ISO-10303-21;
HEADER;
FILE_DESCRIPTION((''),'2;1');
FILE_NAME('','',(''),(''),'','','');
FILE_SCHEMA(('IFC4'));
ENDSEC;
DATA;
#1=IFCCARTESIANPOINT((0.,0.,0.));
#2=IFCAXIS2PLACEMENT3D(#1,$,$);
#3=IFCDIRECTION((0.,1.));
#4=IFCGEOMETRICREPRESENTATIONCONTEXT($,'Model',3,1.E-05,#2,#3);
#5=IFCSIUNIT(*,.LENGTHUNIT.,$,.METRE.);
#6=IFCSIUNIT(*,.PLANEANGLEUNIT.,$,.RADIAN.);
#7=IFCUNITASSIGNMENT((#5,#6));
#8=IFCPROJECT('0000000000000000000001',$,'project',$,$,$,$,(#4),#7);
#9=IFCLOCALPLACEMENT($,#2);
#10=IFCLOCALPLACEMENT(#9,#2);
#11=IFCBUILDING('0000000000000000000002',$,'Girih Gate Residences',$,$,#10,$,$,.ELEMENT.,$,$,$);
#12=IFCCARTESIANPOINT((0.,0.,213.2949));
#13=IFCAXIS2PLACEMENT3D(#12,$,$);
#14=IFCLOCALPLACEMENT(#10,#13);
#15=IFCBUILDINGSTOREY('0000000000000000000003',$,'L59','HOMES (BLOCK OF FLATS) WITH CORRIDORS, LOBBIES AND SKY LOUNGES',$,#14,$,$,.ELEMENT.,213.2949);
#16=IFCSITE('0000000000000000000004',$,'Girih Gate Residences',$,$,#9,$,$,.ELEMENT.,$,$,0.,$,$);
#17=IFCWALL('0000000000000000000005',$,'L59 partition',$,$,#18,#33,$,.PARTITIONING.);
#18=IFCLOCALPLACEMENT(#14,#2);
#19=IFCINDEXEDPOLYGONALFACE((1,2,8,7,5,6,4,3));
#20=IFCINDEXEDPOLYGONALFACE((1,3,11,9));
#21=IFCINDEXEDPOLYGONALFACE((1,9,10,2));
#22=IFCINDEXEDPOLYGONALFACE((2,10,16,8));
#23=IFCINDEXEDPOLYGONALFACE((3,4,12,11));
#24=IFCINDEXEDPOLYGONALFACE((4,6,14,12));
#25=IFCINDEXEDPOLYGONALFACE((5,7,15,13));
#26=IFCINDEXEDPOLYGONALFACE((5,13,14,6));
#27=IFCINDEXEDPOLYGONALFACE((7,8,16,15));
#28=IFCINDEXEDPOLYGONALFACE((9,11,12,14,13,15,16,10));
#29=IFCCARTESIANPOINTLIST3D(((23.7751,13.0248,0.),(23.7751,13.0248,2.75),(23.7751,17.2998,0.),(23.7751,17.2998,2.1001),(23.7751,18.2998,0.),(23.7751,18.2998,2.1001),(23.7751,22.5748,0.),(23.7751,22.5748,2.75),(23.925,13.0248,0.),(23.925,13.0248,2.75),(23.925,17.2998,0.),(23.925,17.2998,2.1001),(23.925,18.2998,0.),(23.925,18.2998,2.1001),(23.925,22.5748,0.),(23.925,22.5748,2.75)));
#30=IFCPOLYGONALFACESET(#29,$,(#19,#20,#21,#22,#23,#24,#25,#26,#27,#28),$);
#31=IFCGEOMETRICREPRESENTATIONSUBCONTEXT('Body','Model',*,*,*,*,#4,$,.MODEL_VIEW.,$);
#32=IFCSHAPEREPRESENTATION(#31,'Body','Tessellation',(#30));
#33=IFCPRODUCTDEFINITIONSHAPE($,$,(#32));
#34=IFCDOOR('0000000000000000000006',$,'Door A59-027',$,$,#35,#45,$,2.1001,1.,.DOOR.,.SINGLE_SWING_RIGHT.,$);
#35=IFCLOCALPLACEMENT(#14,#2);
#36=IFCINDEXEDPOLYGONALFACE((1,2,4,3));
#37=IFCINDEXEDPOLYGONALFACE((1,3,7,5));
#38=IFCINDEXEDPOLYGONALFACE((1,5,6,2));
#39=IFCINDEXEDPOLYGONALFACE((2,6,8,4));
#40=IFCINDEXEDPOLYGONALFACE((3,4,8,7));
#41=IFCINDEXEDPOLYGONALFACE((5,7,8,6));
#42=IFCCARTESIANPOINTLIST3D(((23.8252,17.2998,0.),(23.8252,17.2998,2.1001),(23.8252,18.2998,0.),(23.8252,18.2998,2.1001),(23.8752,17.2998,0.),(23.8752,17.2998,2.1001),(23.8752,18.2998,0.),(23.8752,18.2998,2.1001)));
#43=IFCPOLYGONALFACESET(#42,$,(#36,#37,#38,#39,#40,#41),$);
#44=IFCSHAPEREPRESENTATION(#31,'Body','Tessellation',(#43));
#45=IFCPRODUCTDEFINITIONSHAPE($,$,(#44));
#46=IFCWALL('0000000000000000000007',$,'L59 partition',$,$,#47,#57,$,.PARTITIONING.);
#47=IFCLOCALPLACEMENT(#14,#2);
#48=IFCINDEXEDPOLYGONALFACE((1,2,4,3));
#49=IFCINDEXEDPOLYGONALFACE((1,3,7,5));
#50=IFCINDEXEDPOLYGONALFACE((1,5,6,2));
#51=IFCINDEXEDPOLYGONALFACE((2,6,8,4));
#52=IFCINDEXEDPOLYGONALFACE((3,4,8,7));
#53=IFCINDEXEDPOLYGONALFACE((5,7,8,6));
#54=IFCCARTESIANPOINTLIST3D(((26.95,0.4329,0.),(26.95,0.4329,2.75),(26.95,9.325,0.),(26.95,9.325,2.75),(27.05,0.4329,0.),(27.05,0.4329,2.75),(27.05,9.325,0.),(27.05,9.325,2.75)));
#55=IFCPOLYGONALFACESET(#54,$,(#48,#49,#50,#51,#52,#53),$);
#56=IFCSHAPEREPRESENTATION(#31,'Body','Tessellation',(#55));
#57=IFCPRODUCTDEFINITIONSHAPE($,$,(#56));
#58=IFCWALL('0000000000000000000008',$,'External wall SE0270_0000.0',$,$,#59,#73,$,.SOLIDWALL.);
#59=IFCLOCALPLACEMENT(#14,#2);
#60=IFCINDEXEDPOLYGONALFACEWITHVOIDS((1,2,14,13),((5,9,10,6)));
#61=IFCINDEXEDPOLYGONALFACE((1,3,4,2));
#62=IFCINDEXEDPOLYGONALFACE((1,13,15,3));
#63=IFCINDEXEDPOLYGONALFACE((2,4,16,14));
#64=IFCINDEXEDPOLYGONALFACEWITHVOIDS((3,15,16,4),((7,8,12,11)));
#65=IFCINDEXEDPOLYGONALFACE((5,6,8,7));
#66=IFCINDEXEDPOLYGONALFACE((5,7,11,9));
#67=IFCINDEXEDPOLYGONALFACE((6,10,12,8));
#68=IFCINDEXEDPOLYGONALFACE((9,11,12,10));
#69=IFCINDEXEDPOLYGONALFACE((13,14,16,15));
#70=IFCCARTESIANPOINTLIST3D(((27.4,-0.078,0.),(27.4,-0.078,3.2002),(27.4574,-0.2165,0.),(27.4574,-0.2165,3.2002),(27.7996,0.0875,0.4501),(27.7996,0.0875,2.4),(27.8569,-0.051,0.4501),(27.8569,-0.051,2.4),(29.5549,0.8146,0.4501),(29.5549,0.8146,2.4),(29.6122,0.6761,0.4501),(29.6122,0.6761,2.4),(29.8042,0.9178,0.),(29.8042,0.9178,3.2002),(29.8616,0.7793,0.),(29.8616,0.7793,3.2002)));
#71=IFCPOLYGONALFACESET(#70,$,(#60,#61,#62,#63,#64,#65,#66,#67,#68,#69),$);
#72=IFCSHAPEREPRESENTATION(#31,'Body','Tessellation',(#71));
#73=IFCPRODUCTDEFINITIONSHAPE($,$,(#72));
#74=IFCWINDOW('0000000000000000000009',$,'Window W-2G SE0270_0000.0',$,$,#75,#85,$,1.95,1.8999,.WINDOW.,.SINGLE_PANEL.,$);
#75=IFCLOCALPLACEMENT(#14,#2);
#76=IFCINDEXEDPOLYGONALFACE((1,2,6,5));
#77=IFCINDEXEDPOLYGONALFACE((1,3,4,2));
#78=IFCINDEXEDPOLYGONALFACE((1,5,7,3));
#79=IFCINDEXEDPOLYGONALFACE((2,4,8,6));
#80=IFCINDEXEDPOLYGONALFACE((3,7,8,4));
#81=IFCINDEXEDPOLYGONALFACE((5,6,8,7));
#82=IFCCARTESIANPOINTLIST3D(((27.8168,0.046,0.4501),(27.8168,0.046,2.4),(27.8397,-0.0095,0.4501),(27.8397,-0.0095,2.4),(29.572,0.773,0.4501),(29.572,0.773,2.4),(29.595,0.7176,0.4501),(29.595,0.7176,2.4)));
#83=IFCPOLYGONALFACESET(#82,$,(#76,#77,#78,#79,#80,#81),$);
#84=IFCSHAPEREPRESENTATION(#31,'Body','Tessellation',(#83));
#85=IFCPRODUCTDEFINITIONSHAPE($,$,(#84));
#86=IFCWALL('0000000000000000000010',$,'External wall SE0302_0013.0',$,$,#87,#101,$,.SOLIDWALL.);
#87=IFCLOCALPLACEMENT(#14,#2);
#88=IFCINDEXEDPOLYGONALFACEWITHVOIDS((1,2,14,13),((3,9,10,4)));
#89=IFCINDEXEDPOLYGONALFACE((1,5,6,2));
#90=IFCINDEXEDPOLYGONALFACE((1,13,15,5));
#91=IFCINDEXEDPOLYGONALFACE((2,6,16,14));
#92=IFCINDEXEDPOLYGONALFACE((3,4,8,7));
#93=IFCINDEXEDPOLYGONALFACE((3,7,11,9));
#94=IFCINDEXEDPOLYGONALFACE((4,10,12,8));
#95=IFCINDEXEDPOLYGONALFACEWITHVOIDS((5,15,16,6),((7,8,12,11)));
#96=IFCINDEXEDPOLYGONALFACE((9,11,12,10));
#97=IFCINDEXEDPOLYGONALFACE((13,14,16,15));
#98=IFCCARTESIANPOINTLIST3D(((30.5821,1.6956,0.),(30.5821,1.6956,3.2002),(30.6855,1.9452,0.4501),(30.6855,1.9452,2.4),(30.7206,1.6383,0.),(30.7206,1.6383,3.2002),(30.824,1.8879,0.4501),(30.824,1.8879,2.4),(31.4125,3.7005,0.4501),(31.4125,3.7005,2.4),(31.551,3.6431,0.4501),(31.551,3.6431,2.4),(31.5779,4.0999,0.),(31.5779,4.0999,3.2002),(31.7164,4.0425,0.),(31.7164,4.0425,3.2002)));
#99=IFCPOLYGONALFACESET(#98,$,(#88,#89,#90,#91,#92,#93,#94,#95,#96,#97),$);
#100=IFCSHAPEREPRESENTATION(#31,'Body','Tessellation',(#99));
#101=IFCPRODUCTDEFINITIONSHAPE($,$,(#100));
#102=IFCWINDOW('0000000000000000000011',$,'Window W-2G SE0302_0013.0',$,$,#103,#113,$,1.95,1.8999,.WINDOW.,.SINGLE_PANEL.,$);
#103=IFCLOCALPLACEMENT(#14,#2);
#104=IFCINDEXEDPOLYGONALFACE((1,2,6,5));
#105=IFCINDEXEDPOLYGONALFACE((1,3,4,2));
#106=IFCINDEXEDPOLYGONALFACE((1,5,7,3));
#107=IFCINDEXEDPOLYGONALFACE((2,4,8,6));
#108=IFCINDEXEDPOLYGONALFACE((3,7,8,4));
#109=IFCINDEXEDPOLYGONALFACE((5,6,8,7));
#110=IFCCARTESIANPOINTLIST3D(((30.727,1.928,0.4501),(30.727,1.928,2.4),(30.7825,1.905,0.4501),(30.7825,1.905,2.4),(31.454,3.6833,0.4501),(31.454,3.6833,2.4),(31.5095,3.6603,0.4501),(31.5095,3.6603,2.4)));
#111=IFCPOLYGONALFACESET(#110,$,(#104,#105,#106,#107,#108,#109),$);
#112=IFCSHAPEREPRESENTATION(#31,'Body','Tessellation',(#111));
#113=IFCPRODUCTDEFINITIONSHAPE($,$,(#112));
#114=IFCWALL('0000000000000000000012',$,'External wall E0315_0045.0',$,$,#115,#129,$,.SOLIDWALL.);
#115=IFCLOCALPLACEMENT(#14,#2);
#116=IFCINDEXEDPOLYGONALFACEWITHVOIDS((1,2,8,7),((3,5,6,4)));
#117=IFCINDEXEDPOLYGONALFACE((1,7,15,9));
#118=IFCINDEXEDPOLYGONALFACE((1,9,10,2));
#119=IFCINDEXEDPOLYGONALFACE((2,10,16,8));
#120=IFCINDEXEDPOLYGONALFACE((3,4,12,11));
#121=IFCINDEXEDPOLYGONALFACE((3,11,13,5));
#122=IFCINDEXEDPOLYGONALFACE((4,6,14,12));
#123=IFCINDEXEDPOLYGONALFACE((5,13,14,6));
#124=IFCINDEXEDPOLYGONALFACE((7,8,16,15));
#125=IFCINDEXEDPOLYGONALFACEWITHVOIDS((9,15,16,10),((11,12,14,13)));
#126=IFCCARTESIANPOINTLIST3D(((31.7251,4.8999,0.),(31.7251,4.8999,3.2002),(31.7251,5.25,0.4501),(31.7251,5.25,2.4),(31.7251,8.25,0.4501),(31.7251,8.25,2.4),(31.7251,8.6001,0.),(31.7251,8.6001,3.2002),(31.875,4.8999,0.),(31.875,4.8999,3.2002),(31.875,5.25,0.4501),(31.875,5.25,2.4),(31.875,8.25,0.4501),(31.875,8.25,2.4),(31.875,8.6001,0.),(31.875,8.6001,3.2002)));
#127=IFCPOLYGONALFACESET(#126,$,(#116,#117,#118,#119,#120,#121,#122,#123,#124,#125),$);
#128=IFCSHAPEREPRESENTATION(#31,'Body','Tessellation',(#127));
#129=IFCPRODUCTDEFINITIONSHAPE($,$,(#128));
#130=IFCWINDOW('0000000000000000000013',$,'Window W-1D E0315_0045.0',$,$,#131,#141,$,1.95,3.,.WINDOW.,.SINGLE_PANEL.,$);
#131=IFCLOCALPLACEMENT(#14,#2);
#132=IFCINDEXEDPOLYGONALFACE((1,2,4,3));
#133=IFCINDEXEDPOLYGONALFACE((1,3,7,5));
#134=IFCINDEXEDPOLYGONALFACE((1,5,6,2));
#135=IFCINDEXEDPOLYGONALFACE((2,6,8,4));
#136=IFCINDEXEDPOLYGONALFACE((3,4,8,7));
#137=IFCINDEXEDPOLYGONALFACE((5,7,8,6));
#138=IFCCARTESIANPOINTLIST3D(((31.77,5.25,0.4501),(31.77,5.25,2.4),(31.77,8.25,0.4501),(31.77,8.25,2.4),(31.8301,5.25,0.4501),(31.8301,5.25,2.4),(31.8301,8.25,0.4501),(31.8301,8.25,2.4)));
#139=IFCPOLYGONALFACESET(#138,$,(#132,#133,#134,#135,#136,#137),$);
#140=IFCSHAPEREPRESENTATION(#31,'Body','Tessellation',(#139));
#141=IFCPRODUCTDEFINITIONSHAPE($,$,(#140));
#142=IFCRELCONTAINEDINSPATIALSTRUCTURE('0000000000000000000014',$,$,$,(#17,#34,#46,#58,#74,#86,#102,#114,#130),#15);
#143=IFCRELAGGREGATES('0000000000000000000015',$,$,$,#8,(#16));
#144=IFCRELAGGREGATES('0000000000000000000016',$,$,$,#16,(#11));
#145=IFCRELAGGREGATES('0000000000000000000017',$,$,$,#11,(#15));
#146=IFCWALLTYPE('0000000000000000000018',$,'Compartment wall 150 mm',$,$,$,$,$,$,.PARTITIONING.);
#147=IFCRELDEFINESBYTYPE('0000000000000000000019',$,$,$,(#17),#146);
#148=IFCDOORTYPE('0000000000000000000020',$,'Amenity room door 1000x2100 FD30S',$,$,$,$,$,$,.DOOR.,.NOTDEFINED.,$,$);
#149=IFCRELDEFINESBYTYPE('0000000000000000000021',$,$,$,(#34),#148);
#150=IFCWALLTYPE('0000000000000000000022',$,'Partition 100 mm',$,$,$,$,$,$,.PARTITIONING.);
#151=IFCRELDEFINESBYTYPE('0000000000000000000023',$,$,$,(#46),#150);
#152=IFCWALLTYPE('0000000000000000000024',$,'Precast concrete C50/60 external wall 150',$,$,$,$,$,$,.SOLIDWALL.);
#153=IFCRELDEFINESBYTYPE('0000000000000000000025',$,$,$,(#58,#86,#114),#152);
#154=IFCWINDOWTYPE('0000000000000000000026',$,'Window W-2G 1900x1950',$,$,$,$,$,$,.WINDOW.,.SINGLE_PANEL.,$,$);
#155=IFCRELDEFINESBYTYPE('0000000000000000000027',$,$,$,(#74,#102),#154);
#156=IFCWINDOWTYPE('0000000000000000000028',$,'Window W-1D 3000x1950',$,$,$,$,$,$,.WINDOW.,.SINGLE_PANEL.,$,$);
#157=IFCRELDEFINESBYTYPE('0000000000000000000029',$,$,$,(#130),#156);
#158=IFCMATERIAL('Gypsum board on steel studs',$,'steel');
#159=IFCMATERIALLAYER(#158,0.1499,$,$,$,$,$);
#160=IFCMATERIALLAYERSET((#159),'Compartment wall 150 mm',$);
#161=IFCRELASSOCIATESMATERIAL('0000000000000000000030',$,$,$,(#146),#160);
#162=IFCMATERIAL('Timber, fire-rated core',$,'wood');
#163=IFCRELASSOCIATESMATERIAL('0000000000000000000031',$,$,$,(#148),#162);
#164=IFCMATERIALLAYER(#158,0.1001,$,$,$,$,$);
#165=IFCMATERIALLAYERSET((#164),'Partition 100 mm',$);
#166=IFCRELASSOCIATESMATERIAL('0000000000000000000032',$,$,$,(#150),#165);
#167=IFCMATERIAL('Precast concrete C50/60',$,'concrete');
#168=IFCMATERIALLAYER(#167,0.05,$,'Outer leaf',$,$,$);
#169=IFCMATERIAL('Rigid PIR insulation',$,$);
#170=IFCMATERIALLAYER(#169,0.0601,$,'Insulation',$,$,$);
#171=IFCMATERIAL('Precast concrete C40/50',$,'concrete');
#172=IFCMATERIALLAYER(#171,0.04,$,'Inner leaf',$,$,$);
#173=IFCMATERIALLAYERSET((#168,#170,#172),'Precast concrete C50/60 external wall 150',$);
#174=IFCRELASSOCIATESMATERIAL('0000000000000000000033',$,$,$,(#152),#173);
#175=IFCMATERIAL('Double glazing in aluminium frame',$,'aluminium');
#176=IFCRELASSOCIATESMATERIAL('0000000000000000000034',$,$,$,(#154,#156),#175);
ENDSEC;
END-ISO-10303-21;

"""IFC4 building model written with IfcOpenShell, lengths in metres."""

from ifc_helpers import new_model, si_unit, direction, frame, frame_2d, origin, place, context, subcontext, project, spatial, rectangle, extrude, material, layer, layer_set, type_object, element, fill, save


model = new_model("IFC4")

# Units and contexts
model_context = context("Model", 3, precision=1e-05, world=origin(), true_north=direction((0.0, 1.0)))
body_context = subcontext(model_context, "Body", "Model", "MODEL_VIEW")
ifc_project = project(units=[si_unit("LENGTHUNIT", "METRE"), si_unit("PLANEANGLEUNIT", "RADIAN")], contexts=[model_context])

# Site, building, storey
site_placement = place(None, origin())
site = spatial("IfcSite", under=ifc_project, at=site_placement, Name="Girih Gate Residences", CompositionType="ELEMENT", RefElevation=0.0)
building_placement = place(site_placement, origin())
building = spatial("IfcBuilding", under=site, at=building_placement, Name="Girih Gate Residences", CompositionType="ELEMENT")
storey_placement = place(building_placement, frame((0.0, 0.0, 213.2949)))
storey = spatial("IfcBuildingStorey", under=building, at=storey_placement, Name="L59", Description="HOMES (BLOCK OF FLATS) WITH CORRIDORS, LOBBIES AND SKY LOUNGES", CompositionType="ELEMENT", Elevation=213.2949)

# Wall, opening, door
ifc_material_1 = material(Name="Gypsum board on steel studs", Category="steel")
ifc_layer_1 = layer(ifc_material_1, 0.1499)
ifc_layer_set_1 = layer_set([ifc_layer_1], Name="Compartment wall 150 mm")
wall_type_1 = type_object("IfcWallType", Name="Compartment wall 150 mm", PredefinedType="PARTITIONING", material=ifc_layer_set_1)
ifc_material_2 = material(Name="Timber, fire-rated core", Category="wood")
door_type = type_object("IfcDoorType", Name="Amenity room door 1000x2100 FD30S", OperationType="NOTDEFINED", PredefinedType="DOOR", material=ifc_material_2)
wall_1_placement = place(storey_placement, frame((23.8501, 13.0249, 0.0), z_axis=(0.0, 0.0, 1.0), x_axis=(0.0, 1.0, 0.0)))
wall_1 = element("IfcWall", 1, at=wall_1_placement, inside=storey, type_object=wall_type_1, Name="L59 partition", PredefinedType="PARTITIONING", context=body_context, shape_type="SweptSolid", body=[
    extrude(rectangle(XDim=9.55, YDim=0.1499, at=frame_2d((4.7749, 0.0))), origin(), (0.0, 0.0, 1.0), 2.75),
])
opening_1_placement = place(wall_1_placement, frame((4.2749, 0.0, 0.0)))
opening_1 = element("IfcOpeningElement", 2, at=opening_1_placement, cuts=wall_1, PredefinedType="OPENING", context=body_context, shape_type="SweptSolid", body=[
    extrude(rectangle(XDim=1.0, YDim=2.1001, at=frame_2d((0.5, 1.05))), frame((0.0, 0.085, 0.0), z_axis=(0.0, -1.0, 0.0), x_axis=(1.0, 0.0, 0.0)), (0.0, 0.0, 1.0), 0.1699),
])
door_1_placement = place(opening_1_placement, origin())
door_1 = element("IfcDoor", 3, at=door_1_placement, inside=storey, type_object=door_type, Name="Door A59-027", OperationType="SINGLE_SWING_RIGHT", OverallHeight=2.1001, OverallWidth=1.0, PredefinedType="DOOR", context=body_context, shape_type="SweptSolid", body=[
    extrude(rectangle(XDim=1.0, YDim=2.1001, at=frame_2d((0.5, 1.05))), frame((0.0, 0.0249, 0.0), z_axis=(0.0, -1.0, 0.0), x_axis=(1.0, 0.0, 0.0)), (0.0, 0.0, 1.0), 0.05),
])
fill(opening_1, door_1)

# Wall
ifc_layer_2 = layer(ifc_material_1, 0.1001)
ifc_layer_set_2 = layer_set([ifc_layer_2], Name="Partition 100 mm")
wall_type_2 = type_object("IfcWallType", Name="Partition 100 mm", PredefinedType="PARTITIONING", material=ifc_layer_set_2)
wall_2_placement = place(storey_placement, frame((27.0, 0.4329, 0.0), z_axis=(0.0, 0.0, 1.0), x_axis=(0.0, 1.0, 0.0)))
element("IfcWall", 4, at=wall_2_placement, inside=storey, type_object=wall_type_2, Name="L59 partition", PredefinedType="PARTITIONING", context=body_context, shape_type="SweptSolid", body=[
    extrude(rectangle(XDim=8.8921, YDim=0.1001, at=frame_2d((4.446, 0.0))), origin(), (0.0, 0.0, 1.0), 2.75),
])

# Walls, openings, windows
ifc_material_3 = material(Name="Precast concrete C50/60", Category="concrete")
ifc_layer_3 = layer(ifc_material_3, 0.05, Name="Outer leaf")
ifc_material_4 = material(Name="Rigid PIR insulation")
ifc_layer_4 = layer(ifc_material_4, 0.0601, Name="Insulation")
ifc_material_5 = material(Name="Precast concrete C40/50", Category="concrete")
ifc_layer_5 = layer(ifc_material_5, 0.04, Name="Inner leaf")
ifc_layer_set_3 = layer_set([ifc_layer_3, ifc_layer_4, ifc_layer_5], Name="Precast concrete C50/60 external wall 150")
wall_type_3 = type_object("IfcWallType", Name="Precast concrete C50/60 external wall 150", PredefinedType="SOLIDWALL", material=ifc_layer_set_3)
wall_3_placement = place(storey_placement, frame((29.833, 0.8486, 0.0), z_axis=(0.0, 0.0, 1.0), x_axis=(-0.923885, -0.382669, 0.0)))
wall_3 = element("IfcWall", 5, at=wall_3_placement, inside=storey, type_object=wall_type_3, Name="External wall SE0270_0000.0", PredefinedType="SOLIDWALL", context=body_context, shape_type="SweptSolid", body=[
    extrude(rectangle(XDim=2.6023, YDim=0.1499, at=frame_2d((1.3013, 0.0))), origin(), (0.0, 0.0, 1.0), 3.2002),
])
opening_2_placement = place(wall_3_placement, frame((0.27, 0.0, 0.45)))
opening_2 = element("IfcOpeningElement", 6, at=opening_2_placement, cuts=wall_3, PredefinedType="OPENING", context=body_context, shape_type="SweptSolid", body=[
    extrude(rectangle(XDim=1.8999, YDim=1.95, at=frame_2d((0.95, 0.9751))), frame((0.0, 0.085, 0.0), z_axis=(0.0, -1.0, 0.0), x_axis=(1.0, 0.0, 0.0)), (0.0, 0.0, 1.0), 0.1699),
])
ifc_material_6 = material(Name="Double glazing in aluminium frame", Category="aluminium")
window_type_1 = type_object("IfcWindowType", Name="Window W-2G 1900x1950", PartitioningType="SINGLE_PANEL", PredefinedType="WINDOW", material=ifc_material_6)
window_1_placement = place(opening_2_placement, origin())
window_1 = element("IfcWindow", 7, at=window_1_placement, inside=storey, type_object=window_type_1, Name="Window W-2G SE0270_0000.0", OverallHeight=1.95, OverallWidth=1.8999, PartitioningType="SINGLE_PANEL", PredefinedType="WINDOW", context=body_context, shape_type="SweptSolid", body=[
    extrude(rectangle(XDim=1.8999, YDim=1.95, at=frame_2d((0.95, 0.9751))), frame((0.0, 0.03, 0.0), z_axis=(0.0, -1.0, 0.0), x_axis=(1.0, 0.0, 0.0)), (0.0, 0.0, 1.0), 0.0601),
])
fill(opening_2, window_1)
wall_4_placement = place(storey_placement, frame((31.6472, 4.0713, 0.0), z_axis=(0.0, 0.0, 1.0), x_axis=(-0.382669, -0.923885, 0.0)))
wall_4 = element("IfcWall", 8, at=wall_4_placement, inside=storey, type_object=wall_type_3, Name="External wall SE0302_0013.0", PredefinedType="SOLIDWALL", context=body_context, shape_type="SweptSolid", body=[
    extrude(rectangle(XDim=2.6023, YDim=0.1499, at=frame_2d((1.3013, 0.0))), origin(), (0.0, 0.0, 1.0), 3.2002),
])
opening_3_placement = place(wall_4_placement, frame((0.4324, 0.0, 0.45)))
opening_3 = element("IfcOpeningElement", 9, at=opening_3_placement, cuts=wall_4, PredefinedType="OPENING", context=body_context, shape_type="SweptSolid", body=[
    extrude(rectangle(XDim=1.8999, YDim=1.95, at=frame_2d((0.95, 0.9751))), frame((0.0, 0.085, 0.0), z_axis=(0.0, -1.0, 0.0), x_axis=(1.0, 0.0, 0.0)), (0.0, 0.0, 1.0), 0.1699),
])
window_2_placement = place(opening_3_placement, origin())
window_2 = element("IfcWindow", 10, at=window_2_placement, inside=storey, type_object=window_type_1, Name="Window W-2G SE0302_0013.0", OverallHeight=1.95, OverallWidth=1.8999, PartitioningType="SINGLE_PANEL", PredefinedType="WINDOW", context=body_context, shape_type="SweptSolid", body=[
    extrude(rectangle(XDim=1.8999, YDim=1.95, at=frame_2d((0.95, 0.9751))), frame((0.0, 0.03, 0.0), z_axis=(0.0, -1.0, 0.0), x_axis=(1.0, 0.0, 0.0)), (0.0, 0.0, 1.0), 0.0601),
])
fill(opening_3, window_2)
wall_5_placement = place(storey_placement, frame((31.8, 8.6001, 0.0), z_axis=(0.0, 0.0, 1.0), x_axis=(0.0, -1.0, 0.0)))
wall_5 = element("IfcWall", 11, at=wall_5_placement, inside=storey, type_object=wall_type_3, Name="External wall E0315_0045.0", PredefinedType="SOLIDWALL", context=body_context, shape_type="SweptSolid", body=[
    extrude(rectangle(XDim=3.7002, YDim=0.1499, at=frame_2d((1.8501, 0.0))), origin(), (0.0, 0.0, 1.0), 3.2002),
])
opening_4_placement = place(wall_5_placement, frame((0.3501, 0.0, 0.45)))
opening_4 = element("IfcOpeningElement", 12, at=opening_4_placement, cuts=wall_5, PredefinedType="OPENING", context=body_context, shape_type="SweptSolid", body=[
    extrude(rectangle(XDim=3.0, YDim=1.95, at=frame_2d((1.5, 0.9751))), frame((0.0, 0.085, 0.0), z_axis=(0.0, -1.0, 0.0), x_axis=(1.0, 0.0, 0.0)), (0.0, 0.0, 1.0), 0.1699),
])
window_type_2 = type_object("IfcWindowType", Name="Window W-1D 3000x1950", PartitioningType="SINGLE_PANEL", PredefinedType="WINDOW", material=ifc_material_6)
window_3_placement = place(opening_4_placement, origin())
window_3 = element("IfcWindow", 13, at=window_3_placement, inside=storey, type_object=window_type_2, Name="Window W-1D E0315_0045.0", OverallHeight=1.95, OverallWidth=3.0, PartitioningType="SINGLE_PANEL", PredefinedType="WINDOW", context=body_context, shape_type="SweptSolid", body=[
    extrude(rectangle(XDim=3.0, YDim=1.95, at=frame_2d((1.5, 0.9751))), frame((0.0, 0.03, 0.0), z_axis=(0.0, -1.0, 0.0), x_axis=(1.0, 0.0, 0.0)), (0.0, 0.0, 1.0), 0.0601),
])
fill(opening_4, window_3)

save(model, "model.ifc")
